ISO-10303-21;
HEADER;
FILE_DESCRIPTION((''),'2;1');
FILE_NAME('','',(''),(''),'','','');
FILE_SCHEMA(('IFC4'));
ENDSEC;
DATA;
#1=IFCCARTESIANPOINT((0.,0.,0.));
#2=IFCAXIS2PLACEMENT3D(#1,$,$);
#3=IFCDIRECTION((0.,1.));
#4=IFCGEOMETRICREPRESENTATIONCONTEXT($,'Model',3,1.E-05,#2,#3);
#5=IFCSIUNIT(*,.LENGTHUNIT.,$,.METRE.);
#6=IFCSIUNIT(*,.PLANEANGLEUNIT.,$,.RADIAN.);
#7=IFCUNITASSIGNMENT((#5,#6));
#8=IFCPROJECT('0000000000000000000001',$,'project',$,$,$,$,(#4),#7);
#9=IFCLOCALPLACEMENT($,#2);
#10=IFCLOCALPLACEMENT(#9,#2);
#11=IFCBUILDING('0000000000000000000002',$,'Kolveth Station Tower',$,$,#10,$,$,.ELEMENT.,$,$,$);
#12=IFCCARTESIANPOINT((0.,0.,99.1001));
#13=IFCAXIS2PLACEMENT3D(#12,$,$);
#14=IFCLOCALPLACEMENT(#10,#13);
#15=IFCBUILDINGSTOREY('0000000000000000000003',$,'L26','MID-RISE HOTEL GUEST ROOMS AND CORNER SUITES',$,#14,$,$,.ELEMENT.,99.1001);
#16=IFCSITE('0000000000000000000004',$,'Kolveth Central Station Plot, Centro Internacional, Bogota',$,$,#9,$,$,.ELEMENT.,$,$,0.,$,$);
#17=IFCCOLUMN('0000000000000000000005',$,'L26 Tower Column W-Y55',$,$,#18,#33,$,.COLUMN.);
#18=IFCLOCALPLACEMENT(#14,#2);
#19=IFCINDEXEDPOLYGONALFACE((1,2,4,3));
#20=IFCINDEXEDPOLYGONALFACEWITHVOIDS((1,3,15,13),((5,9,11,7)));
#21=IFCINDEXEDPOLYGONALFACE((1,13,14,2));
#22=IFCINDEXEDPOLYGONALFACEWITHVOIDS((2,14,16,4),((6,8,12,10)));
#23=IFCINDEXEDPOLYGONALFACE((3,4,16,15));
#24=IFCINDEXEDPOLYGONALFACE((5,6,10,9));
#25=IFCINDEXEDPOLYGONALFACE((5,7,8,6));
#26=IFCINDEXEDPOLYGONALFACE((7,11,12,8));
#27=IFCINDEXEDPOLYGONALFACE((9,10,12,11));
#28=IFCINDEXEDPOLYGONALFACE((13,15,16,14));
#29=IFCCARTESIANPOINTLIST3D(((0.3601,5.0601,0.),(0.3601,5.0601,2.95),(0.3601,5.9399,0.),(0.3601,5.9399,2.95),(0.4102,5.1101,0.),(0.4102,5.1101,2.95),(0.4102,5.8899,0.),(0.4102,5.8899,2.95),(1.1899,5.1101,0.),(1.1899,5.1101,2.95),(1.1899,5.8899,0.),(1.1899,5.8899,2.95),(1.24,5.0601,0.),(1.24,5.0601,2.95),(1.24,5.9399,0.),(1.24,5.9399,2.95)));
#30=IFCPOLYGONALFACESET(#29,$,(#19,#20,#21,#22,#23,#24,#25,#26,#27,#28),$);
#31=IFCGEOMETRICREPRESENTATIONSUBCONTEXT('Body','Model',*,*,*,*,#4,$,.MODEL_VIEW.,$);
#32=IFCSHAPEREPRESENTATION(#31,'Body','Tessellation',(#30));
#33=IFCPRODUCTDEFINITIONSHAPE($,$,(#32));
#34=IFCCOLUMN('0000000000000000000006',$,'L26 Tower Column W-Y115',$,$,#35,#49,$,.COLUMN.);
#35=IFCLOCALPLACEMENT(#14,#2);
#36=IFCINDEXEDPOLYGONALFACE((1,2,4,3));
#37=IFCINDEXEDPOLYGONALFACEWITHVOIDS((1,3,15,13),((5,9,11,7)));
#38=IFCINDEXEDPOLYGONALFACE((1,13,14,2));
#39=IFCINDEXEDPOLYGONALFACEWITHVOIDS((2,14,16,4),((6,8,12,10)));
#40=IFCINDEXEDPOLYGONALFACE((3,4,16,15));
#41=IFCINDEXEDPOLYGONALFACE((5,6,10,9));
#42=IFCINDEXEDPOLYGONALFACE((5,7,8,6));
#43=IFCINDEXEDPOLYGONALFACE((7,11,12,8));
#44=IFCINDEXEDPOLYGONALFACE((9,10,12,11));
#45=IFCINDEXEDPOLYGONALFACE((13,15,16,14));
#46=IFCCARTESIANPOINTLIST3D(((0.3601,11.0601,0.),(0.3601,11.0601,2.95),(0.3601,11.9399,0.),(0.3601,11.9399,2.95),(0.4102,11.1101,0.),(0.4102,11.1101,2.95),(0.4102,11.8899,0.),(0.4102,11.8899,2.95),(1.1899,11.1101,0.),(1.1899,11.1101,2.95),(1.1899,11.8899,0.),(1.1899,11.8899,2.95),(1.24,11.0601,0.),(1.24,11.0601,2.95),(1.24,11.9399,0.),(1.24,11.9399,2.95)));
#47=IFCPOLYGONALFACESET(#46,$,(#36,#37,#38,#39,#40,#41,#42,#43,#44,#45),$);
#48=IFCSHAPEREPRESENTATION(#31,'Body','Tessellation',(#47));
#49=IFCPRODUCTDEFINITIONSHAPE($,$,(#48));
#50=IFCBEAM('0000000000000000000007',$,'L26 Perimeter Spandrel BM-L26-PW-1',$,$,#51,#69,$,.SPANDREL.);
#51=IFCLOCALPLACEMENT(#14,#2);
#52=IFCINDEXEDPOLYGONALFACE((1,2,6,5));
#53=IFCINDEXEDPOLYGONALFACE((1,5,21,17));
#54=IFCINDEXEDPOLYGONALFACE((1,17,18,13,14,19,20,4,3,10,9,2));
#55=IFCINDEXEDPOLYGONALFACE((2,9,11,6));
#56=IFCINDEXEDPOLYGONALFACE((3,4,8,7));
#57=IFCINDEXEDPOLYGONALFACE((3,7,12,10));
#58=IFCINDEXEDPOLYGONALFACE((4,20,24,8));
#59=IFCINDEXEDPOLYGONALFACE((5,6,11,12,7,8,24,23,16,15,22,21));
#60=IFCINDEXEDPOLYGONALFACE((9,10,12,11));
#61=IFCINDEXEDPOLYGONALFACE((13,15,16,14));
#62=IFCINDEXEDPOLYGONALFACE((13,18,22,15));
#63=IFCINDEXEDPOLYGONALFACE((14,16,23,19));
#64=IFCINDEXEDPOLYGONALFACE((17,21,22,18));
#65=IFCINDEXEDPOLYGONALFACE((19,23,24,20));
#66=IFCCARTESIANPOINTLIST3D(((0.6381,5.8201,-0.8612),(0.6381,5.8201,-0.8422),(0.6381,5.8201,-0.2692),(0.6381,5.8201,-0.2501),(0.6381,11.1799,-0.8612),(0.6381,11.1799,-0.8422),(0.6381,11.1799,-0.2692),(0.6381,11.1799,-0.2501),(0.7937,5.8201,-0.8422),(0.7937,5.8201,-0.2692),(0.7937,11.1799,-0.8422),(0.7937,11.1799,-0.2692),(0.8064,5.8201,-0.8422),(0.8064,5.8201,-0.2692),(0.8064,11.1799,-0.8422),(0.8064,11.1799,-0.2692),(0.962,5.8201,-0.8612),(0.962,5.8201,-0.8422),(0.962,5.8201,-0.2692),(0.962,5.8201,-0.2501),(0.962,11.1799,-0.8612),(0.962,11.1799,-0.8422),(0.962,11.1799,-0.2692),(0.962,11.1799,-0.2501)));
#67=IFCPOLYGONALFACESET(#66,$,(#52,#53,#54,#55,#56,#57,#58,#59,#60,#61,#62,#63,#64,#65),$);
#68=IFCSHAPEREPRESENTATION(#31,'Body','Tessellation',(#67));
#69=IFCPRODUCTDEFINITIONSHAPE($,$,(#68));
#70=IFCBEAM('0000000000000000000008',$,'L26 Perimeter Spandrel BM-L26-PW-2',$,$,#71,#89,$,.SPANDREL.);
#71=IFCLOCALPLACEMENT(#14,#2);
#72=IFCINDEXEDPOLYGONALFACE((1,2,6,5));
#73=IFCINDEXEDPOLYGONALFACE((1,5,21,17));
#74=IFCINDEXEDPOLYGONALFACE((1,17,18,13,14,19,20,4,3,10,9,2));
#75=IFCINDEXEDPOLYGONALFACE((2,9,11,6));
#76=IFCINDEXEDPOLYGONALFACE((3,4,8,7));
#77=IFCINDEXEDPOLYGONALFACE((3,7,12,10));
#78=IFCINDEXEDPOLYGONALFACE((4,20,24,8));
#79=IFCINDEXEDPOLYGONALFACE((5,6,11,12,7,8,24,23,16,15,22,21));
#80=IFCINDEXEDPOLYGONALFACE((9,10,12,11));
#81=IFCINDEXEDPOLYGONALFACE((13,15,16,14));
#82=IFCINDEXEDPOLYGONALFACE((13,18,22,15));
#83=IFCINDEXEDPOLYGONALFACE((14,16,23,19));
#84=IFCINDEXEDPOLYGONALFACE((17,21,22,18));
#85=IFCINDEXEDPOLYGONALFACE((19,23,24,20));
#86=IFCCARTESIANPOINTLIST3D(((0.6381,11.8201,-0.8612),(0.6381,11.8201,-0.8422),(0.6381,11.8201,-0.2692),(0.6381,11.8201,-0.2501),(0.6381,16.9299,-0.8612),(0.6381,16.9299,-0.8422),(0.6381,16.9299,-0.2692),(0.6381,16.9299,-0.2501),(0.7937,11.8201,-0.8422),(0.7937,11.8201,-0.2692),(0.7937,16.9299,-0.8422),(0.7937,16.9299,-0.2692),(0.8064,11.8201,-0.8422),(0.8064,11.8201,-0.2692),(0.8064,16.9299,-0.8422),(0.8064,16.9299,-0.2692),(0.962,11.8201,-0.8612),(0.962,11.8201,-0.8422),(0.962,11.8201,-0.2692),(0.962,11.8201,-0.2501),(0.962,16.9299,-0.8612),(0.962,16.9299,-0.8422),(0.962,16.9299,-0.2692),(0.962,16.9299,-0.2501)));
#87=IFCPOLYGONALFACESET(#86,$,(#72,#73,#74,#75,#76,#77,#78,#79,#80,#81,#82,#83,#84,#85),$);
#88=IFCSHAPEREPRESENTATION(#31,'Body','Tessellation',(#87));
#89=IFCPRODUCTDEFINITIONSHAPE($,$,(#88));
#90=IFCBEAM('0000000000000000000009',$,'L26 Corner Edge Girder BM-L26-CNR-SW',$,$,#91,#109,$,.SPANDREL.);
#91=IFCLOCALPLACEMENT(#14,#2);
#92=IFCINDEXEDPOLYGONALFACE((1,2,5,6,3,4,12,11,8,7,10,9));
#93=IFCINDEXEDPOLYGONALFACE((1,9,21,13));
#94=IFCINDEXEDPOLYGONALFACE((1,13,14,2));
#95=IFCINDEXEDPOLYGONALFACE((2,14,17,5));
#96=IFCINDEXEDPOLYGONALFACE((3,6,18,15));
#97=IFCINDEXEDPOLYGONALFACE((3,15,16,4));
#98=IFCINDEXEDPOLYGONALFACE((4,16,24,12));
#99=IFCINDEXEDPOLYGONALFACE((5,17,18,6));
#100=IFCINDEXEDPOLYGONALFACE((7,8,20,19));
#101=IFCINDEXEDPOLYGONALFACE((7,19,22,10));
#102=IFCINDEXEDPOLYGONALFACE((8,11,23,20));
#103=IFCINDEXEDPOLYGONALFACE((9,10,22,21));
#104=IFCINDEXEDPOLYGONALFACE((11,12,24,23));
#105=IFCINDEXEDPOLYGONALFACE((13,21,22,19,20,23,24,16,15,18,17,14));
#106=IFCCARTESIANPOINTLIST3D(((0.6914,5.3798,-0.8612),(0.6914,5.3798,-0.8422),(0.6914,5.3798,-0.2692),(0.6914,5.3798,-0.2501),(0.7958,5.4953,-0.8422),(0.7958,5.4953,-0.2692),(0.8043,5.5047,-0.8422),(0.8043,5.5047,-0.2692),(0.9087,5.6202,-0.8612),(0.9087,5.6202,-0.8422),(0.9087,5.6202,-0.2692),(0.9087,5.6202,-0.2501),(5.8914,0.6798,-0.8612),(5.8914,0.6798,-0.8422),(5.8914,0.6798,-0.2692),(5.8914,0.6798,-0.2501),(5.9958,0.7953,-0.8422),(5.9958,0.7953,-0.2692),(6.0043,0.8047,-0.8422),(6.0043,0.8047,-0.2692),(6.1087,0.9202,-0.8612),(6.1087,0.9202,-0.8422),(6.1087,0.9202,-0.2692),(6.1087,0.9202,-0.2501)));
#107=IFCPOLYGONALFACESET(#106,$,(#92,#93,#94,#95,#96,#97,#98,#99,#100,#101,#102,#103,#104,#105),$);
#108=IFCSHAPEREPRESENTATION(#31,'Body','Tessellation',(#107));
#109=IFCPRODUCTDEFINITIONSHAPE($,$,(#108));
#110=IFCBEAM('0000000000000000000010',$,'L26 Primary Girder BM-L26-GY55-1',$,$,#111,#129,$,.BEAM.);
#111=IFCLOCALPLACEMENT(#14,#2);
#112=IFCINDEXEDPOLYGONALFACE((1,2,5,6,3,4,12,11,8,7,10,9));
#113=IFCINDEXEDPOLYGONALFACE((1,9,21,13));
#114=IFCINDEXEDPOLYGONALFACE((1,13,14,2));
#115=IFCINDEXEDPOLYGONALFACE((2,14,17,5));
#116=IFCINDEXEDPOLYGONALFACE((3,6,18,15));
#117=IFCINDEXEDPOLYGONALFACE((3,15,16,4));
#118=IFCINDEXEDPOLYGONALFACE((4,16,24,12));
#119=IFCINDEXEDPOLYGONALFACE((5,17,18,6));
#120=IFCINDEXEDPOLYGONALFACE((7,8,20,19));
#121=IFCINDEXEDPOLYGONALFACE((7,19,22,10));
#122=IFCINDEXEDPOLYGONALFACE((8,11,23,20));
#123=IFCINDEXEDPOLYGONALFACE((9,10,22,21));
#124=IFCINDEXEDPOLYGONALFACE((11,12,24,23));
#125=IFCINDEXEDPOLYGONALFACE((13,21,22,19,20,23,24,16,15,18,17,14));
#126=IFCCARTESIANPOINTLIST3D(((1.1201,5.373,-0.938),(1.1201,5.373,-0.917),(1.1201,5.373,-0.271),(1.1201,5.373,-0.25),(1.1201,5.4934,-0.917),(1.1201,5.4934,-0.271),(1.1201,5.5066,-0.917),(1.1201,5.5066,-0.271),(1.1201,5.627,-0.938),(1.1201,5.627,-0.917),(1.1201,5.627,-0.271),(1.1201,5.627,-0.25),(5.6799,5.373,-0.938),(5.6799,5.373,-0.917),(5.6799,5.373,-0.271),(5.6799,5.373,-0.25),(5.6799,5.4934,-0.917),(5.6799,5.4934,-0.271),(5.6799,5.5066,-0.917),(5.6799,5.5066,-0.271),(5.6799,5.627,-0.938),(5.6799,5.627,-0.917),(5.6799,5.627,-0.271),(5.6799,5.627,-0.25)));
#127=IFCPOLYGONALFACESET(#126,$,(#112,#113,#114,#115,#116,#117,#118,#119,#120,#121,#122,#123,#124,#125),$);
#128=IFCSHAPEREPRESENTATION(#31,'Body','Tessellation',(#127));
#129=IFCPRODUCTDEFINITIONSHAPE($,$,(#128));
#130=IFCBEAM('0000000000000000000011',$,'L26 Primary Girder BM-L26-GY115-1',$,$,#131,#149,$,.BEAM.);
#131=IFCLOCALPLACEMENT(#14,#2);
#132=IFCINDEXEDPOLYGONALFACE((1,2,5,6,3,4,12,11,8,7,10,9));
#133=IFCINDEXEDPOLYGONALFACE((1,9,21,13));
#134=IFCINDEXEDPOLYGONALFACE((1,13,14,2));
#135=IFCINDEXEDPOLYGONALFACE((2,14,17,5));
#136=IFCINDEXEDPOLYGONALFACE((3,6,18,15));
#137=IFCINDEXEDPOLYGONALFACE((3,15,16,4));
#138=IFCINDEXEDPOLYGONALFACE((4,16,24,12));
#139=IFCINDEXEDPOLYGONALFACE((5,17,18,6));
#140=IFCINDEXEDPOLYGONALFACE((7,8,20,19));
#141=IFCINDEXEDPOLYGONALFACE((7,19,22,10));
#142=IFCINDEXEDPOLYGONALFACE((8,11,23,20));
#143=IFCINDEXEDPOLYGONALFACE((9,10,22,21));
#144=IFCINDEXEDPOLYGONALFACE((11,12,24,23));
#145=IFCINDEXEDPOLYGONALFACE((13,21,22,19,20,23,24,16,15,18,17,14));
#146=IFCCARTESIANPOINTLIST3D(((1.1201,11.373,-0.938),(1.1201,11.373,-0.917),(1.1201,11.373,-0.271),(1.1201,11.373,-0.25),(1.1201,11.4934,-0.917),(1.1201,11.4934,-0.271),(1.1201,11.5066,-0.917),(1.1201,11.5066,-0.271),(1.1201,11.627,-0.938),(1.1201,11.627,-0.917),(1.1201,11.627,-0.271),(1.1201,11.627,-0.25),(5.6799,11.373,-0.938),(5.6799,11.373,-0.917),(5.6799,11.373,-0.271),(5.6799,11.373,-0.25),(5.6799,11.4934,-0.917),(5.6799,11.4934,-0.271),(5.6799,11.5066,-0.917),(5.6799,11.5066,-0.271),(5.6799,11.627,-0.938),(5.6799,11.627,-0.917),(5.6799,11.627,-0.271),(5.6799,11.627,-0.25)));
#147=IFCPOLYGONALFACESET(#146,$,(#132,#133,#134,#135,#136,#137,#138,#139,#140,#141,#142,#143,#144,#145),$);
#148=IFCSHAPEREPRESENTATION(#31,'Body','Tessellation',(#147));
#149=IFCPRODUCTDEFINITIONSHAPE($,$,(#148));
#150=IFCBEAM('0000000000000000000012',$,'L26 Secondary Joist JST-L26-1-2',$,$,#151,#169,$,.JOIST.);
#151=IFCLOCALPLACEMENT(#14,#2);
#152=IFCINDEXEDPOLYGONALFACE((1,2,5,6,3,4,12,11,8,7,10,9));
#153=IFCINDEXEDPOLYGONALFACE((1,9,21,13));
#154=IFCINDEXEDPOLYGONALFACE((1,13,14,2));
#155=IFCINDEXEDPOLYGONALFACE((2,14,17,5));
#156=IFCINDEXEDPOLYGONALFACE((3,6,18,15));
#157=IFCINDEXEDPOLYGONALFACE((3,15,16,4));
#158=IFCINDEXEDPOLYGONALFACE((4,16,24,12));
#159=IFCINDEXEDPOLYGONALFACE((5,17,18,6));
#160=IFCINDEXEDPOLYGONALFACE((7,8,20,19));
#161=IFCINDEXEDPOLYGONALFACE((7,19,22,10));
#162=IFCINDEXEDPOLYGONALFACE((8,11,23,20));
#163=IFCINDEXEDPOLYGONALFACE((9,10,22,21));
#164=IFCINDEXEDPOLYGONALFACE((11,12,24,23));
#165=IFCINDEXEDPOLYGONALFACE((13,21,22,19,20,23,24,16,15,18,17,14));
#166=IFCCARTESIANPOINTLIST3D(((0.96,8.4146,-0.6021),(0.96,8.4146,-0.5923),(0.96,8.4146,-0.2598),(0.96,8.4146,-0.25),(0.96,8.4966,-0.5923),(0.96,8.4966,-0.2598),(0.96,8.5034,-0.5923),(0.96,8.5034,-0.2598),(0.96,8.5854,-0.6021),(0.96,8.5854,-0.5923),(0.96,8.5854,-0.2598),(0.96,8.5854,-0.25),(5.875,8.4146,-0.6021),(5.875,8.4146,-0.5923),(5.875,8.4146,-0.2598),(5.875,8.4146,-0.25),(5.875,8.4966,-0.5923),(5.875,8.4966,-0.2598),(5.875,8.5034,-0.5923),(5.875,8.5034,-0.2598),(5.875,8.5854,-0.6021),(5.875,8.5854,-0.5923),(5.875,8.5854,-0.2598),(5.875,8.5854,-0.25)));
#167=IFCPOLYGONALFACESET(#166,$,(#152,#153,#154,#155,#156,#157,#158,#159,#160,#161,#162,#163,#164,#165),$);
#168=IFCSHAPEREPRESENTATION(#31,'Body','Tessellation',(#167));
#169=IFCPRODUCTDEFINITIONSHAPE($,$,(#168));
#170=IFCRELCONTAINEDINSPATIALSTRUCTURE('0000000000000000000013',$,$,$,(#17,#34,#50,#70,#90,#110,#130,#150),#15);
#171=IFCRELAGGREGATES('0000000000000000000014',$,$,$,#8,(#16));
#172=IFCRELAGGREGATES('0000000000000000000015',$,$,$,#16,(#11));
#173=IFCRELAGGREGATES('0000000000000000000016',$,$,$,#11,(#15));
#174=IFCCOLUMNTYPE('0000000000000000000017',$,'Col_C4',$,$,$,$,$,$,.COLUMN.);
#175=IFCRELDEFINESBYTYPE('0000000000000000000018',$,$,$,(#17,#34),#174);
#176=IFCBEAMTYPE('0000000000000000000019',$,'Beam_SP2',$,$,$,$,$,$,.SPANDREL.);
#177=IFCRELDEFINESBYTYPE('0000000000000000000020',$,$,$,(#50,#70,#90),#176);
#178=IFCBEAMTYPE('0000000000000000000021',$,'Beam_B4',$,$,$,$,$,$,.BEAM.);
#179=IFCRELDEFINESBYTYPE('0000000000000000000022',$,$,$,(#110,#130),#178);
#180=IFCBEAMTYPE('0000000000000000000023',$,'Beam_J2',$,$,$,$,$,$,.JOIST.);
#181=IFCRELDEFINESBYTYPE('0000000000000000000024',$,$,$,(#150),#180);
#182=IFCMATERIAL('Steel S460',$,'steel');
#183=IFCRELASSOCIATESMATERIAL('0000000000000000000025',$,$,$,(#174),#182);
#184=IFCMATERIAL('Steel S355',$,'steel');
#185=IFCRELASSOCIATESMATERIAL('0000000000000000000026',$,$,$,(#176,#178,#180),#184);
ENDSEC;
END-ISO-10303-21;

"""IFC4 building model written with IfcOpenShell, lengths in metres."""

from ifc_helpers import new_model, si_unit, direction, frame, origin, origin_2d, place, context, subcontext, project, spatial, hollow_rectangle, i_section, extrude, source, transform, mapped, material, material_profile, profile_set, type_object, element, save


model = new_model("IFC4")

# Units and contexts
model_context = context("Model", 3, precision=1e-05, world=origin(), true_north=direction((0.0, 1.0)))
body_context = subcontext(model_context, "Body", "Model", "MODEL_VIEW")
ifc_project = project(units=[si_unit("LENGTHUNIT", "METRE"), si_unit("PLANEANGLEUNIT", "RADIAN")], contexts=[model_context])

# Site, building, storey
site_placement = place(None, origin())
site = spatial("IfcSite", under=ifc_project, at=site_placement, Name="Kolveth Central Station Plot, Centro Internacional, Bogota", CompositionType="ELEMENT", RefElevation=0.0)
building_placement = place(site_placement, origin())
building = spatial("IfcBuilding", under=site, at=building_placement, Name="Kolveth Station Tower", CompositionType="ELEMENT")
storey_placement = place(building_placement, frame((0.0, 0.0, 99.1001)))
storey = spatial("IfcBuildingStorey", under=building, at=storey_placement, Name="L26", Description="MID-RISE HOTEL GUEST ROOMS AND CORNER SUITES", CompositionType="ELEMENT", Elevation=99.1001)

# Columns
ifc_material_1 = material(Name="Steel S460", Category="steel")
ifc_material_profile_1 = material_profile(ifc_material_1, hollow_rectangle(XDim=0.8799, YDim=0.8799, WallThickness=0.05, at=origin_2d()), Name="BOX880x880x50")
ifc_profile_set_1 = profile_set([ifc_material_profile_1], Name="Steel S460")
column_type = type_object("IfcColumnType", Name="Col_C4", PredefinedType="COLUMN", material=ifc_profile_set_1)
shared_shape_1 = source(origin(), body_context, "Body", "SweptSolid", [
    extrude(hollow_rectangle(XDim=0.8799, YDim=0.8799, WallThickness=0.05, at=origin_2d()), origin(), (0.0, 0.0, 1.0), 2.95),
])
for number, where, z_axis, x_axis, name in (
    (1, (0.8, 5.5, 0.0), (0.0, 0.0, 1.0), (1.0, 0.0, 0.0), "L26 Tower Column W-Y55"),
    (2, (0.8, 11.5, 0.0), (0.0, 0.0, 1.0), (1.0, 0.0, 0.0), "L26 Tower Column W-Y115"),
):
    element("IfcColumn", number, at=place(storey_placement, frame(where, z_axis=z_axis, x_axis=x_axis)), inside=storey, type_object=column_type, Name=name, PredefinedType="COLUMN", context=body_context, shape_type="MappedRepresentation", body=[
        mapped(shared_shape_1, transform((0.0, 0.0, 0.0), x_axis=(1.0, 0.0, 0.0), y_axis=(0.0, 1.0, 0.0), z_axis=(0.0, 0.0, 1.0), scale=1.0)),
    ])

# Beams
ifc_material_2 = material(Name="Steel S355", Category="steel")
ifc_material_profile_2 = material_profile(ifc_material_2, i_section(OverallWidth=0.324, OverallDepth=0.6111, WebThickness=0.0127, FlangeThickness=0.019, at=origin_2d()), Name="W610x155")
ifc_profile_set_2 = profile_set([ifc_material_profile_2], Name="Steel S355")
beam_type_1 = type_object("IfcBeamType", Name="Beam_SP2", PredefinedType="SPANDREL", material=ifc_profile_set_2)
shared_shape_2 = source(origin(), body_context, "Body", "SweptSolid", [
    extrude(i_section(OverallWidth=0.324, OverallDepth=0.6111, WebThickness=0.0127, FlangeThickness=0.019, at=origin_2d()), origin(), (0.0, 0.0, 1.0), 5.3599),
])
beam_1_placement = place(storey_placement, frame((0.8, 5.8201, -0.5557), z_axis=(0.0, 1.0, 0.0), x_axis=(-1.0, 0.0, 0.0)))
element("IfcBeam", 3, at=beam_1_placement, inside=storey, type_object=beam_type_1, Name="L26 Perimeter Spandrel BM-L26-PW-1", PredefinedType="SPANDREL", context=body_context, shape_type="MappedRepresentation", body=[
    mapped(shared_shape_2, transform((0.0, 0.0, 0.0), x_axis=(1.0, 0.0, 0.0), y_axis=(0.0, 1.0, 0.0), z_axis=(0.0, 0.0, 1.0), scale=1.0)),
])
shared_shape_3 = source(origin(), body_context, "Body", "SweptSolid", [
    extrude(i_section(OverallWidth=0.324, OverallDepth=0.6111, WebThickness=0.0127, FlangeThickness=0.019, at=origin_2d()), origin(), (0.0, 0.0, 1.0), 5.1099),
])
beam_2_placement = place(storey_placement, frame((0.8, 11.8201, -0.5557), z_axis=(0.0, 1.0, 0.0), x_axis=(-1.0, 0.0, 0.0)))
element("IfcBeam", 4, at=beam_2_placement, inside=storey, type_object=beam_type_1, Name="L26 Perimeter Spandrel BM-L26-PW-2", PredefinedType="SPANDREL", context=body_context, shape_type="MappedRepresentation", body=[
    mapped(shared_shape_3, transform((0.0, 0.0, 0.0), x_axis=(1.0, 0.0, 0.0), y_axis=(0.0, 1.0, 0.0), z_axis=(0.0, 0.0, 1.0), scale=1.0)),
])
shared_shape_4 = source(origin(), body_context, "Body", "SweptSolid", [
    extrude(i_section(OverallWidth=0.324, OverallDepth=0.6111, WebThickness=0.0127, FlangeThickness=0.019, at=origin_2d()), origin(), (0.0, 0.0, 1.0), 7.0093),
])
beam_3_placement = place(storey_placement, frame((0.8, 5.5, -0.5557), z_axis=(0.741874, -0.670539, 0.0), x_axis=(0.670539, 0.741874, 0.0)))
element("IfcBeam", 5, at=beam_3_placement, inside=storey, type_object=beam_type_1, Name="L26 Corner Edge Girder BM-L26-CNR-SW", PredefinedType="SPANDREL", context=body_context, shape_type="MappedRepresentation", body=[
    mapped(shared_shape_4, transform((0.0, 0.0, 0.0), x_axis=(1.0, 0.0, 0.0), y_axis=(0.0, 1.0, 0.0), z_axis=(0.0, 0.0, 1.0), scale=1.0)),
])
ifc_material_profile_3 = material_profile(ifc_material_2, i_section(OverallWidth=0.2539, OverallDepth=0.688, WebThickness=0.0132, FlangeThickness=0.021, at=origin_2d()), Name="W690x152")
ifc_profile_set_3 = profile_set([ifc_material_profile_3], Name="Steel S355")
beam_type_2 = type_object("IfcBeamType", Name="Beam_B4", PredefinedType="BEAM", material=ifc_profile_set_3)
shared_shape_5 = source(origin(), body_context, "Body", "SweptSolid", [
    extrude(i_section(OverallWidth=0.2539, OverallDepth=0.688, WebThickness=0.0132, FlangeThickness=0.021, at=origin_2d()), origin(), (0.0, 0.0, 1.0), 4.5598),
])
for number, where, z_axis, x_axis, name in (
    (6, (1.1201, 5.5, -0.594), (1.0, 0.0, 0.0), (0.0, 1.0, 0.0), "L26 Primary Girder BM-L26-GY55-1"),
    (7, (1.1201, 11.5, -0.594), (1.0, 0.0, 0.0), (0.0, 1.0, 0.0), "L26 Primary Girder BM-L26-GY115-1"),
):
    element("IfcBeam", number, at=place(storey_placement, frame(where, z_axis=z_axis, x_axis=x_axis)), inside=storey, type_object=beam_type_2, Name=name, PredefinedType="BEAM", context=body_context, shape_type="MappedRepresentation", body=[
        mapped(shared_shape_5, transform((0.0, 0.0, 0.0), x_axis=(1.0, 0.0, 0.0), y_axis=(0.0, 1.0, 0.0), z_axis=(0.0, 0.0, 1.0), scale=1.0)),
    ])
ifc_material_profile_4 = material_profile(ifc_material_2, i_section(OverallWidth=0.1709, OverallDepth=0.3521, WebThickness=0.0068, FlangeThickness=0.0098, at=origin_2d()), Name="W360x44")
ifc_profile_set_4 = profile_set([ifc_material_profile_4], Name="Steel S355")
beam_type_3 = type_object("IfcBeamType", Name="Beam_J2", PredefinedType="JOIST", material=ifc_profile_set_4)
shared_shape_6 = source(origin(), body_context, "Body", "SweptSolid", [
    extrude(i_section(OverallWidth=0.1709, OverallDepth=0.3521, WebThickness=0.0068, FlangeThickness=0.0098, at=origin_2d()), origin(), (0.0, 0.0, 1.0), 4.915),
])
for number, where, z_axis, x_axis, name in (
    (8, (0.96, 8.5, -0.426), (1.0, 0.0, 0.0), (0.0, 1.0, 0.0), "L26 Secondary Joist JST-L26-1-2"),
):
    element("IfcBeam", number, at=place(storey_placement, frame(where, z_axis=z_axis, x_axis=x_axis)), inside=storey, type_object=beam_type_3, Name=name, PredefinedType="JOIST", context=body_context, shape_type="MappedRepresentation", body=[
        mapped(shared_shape_6, transform((0.0, 0.0, 0.0), x_axis=(1.0, 0.0, 0.0), y_axis=(0.0, 1.0, 0.0), z_axis=(0.0, 0.0, 1.0), scale=1.0)),
    ])

save(model, "model.ifc")
